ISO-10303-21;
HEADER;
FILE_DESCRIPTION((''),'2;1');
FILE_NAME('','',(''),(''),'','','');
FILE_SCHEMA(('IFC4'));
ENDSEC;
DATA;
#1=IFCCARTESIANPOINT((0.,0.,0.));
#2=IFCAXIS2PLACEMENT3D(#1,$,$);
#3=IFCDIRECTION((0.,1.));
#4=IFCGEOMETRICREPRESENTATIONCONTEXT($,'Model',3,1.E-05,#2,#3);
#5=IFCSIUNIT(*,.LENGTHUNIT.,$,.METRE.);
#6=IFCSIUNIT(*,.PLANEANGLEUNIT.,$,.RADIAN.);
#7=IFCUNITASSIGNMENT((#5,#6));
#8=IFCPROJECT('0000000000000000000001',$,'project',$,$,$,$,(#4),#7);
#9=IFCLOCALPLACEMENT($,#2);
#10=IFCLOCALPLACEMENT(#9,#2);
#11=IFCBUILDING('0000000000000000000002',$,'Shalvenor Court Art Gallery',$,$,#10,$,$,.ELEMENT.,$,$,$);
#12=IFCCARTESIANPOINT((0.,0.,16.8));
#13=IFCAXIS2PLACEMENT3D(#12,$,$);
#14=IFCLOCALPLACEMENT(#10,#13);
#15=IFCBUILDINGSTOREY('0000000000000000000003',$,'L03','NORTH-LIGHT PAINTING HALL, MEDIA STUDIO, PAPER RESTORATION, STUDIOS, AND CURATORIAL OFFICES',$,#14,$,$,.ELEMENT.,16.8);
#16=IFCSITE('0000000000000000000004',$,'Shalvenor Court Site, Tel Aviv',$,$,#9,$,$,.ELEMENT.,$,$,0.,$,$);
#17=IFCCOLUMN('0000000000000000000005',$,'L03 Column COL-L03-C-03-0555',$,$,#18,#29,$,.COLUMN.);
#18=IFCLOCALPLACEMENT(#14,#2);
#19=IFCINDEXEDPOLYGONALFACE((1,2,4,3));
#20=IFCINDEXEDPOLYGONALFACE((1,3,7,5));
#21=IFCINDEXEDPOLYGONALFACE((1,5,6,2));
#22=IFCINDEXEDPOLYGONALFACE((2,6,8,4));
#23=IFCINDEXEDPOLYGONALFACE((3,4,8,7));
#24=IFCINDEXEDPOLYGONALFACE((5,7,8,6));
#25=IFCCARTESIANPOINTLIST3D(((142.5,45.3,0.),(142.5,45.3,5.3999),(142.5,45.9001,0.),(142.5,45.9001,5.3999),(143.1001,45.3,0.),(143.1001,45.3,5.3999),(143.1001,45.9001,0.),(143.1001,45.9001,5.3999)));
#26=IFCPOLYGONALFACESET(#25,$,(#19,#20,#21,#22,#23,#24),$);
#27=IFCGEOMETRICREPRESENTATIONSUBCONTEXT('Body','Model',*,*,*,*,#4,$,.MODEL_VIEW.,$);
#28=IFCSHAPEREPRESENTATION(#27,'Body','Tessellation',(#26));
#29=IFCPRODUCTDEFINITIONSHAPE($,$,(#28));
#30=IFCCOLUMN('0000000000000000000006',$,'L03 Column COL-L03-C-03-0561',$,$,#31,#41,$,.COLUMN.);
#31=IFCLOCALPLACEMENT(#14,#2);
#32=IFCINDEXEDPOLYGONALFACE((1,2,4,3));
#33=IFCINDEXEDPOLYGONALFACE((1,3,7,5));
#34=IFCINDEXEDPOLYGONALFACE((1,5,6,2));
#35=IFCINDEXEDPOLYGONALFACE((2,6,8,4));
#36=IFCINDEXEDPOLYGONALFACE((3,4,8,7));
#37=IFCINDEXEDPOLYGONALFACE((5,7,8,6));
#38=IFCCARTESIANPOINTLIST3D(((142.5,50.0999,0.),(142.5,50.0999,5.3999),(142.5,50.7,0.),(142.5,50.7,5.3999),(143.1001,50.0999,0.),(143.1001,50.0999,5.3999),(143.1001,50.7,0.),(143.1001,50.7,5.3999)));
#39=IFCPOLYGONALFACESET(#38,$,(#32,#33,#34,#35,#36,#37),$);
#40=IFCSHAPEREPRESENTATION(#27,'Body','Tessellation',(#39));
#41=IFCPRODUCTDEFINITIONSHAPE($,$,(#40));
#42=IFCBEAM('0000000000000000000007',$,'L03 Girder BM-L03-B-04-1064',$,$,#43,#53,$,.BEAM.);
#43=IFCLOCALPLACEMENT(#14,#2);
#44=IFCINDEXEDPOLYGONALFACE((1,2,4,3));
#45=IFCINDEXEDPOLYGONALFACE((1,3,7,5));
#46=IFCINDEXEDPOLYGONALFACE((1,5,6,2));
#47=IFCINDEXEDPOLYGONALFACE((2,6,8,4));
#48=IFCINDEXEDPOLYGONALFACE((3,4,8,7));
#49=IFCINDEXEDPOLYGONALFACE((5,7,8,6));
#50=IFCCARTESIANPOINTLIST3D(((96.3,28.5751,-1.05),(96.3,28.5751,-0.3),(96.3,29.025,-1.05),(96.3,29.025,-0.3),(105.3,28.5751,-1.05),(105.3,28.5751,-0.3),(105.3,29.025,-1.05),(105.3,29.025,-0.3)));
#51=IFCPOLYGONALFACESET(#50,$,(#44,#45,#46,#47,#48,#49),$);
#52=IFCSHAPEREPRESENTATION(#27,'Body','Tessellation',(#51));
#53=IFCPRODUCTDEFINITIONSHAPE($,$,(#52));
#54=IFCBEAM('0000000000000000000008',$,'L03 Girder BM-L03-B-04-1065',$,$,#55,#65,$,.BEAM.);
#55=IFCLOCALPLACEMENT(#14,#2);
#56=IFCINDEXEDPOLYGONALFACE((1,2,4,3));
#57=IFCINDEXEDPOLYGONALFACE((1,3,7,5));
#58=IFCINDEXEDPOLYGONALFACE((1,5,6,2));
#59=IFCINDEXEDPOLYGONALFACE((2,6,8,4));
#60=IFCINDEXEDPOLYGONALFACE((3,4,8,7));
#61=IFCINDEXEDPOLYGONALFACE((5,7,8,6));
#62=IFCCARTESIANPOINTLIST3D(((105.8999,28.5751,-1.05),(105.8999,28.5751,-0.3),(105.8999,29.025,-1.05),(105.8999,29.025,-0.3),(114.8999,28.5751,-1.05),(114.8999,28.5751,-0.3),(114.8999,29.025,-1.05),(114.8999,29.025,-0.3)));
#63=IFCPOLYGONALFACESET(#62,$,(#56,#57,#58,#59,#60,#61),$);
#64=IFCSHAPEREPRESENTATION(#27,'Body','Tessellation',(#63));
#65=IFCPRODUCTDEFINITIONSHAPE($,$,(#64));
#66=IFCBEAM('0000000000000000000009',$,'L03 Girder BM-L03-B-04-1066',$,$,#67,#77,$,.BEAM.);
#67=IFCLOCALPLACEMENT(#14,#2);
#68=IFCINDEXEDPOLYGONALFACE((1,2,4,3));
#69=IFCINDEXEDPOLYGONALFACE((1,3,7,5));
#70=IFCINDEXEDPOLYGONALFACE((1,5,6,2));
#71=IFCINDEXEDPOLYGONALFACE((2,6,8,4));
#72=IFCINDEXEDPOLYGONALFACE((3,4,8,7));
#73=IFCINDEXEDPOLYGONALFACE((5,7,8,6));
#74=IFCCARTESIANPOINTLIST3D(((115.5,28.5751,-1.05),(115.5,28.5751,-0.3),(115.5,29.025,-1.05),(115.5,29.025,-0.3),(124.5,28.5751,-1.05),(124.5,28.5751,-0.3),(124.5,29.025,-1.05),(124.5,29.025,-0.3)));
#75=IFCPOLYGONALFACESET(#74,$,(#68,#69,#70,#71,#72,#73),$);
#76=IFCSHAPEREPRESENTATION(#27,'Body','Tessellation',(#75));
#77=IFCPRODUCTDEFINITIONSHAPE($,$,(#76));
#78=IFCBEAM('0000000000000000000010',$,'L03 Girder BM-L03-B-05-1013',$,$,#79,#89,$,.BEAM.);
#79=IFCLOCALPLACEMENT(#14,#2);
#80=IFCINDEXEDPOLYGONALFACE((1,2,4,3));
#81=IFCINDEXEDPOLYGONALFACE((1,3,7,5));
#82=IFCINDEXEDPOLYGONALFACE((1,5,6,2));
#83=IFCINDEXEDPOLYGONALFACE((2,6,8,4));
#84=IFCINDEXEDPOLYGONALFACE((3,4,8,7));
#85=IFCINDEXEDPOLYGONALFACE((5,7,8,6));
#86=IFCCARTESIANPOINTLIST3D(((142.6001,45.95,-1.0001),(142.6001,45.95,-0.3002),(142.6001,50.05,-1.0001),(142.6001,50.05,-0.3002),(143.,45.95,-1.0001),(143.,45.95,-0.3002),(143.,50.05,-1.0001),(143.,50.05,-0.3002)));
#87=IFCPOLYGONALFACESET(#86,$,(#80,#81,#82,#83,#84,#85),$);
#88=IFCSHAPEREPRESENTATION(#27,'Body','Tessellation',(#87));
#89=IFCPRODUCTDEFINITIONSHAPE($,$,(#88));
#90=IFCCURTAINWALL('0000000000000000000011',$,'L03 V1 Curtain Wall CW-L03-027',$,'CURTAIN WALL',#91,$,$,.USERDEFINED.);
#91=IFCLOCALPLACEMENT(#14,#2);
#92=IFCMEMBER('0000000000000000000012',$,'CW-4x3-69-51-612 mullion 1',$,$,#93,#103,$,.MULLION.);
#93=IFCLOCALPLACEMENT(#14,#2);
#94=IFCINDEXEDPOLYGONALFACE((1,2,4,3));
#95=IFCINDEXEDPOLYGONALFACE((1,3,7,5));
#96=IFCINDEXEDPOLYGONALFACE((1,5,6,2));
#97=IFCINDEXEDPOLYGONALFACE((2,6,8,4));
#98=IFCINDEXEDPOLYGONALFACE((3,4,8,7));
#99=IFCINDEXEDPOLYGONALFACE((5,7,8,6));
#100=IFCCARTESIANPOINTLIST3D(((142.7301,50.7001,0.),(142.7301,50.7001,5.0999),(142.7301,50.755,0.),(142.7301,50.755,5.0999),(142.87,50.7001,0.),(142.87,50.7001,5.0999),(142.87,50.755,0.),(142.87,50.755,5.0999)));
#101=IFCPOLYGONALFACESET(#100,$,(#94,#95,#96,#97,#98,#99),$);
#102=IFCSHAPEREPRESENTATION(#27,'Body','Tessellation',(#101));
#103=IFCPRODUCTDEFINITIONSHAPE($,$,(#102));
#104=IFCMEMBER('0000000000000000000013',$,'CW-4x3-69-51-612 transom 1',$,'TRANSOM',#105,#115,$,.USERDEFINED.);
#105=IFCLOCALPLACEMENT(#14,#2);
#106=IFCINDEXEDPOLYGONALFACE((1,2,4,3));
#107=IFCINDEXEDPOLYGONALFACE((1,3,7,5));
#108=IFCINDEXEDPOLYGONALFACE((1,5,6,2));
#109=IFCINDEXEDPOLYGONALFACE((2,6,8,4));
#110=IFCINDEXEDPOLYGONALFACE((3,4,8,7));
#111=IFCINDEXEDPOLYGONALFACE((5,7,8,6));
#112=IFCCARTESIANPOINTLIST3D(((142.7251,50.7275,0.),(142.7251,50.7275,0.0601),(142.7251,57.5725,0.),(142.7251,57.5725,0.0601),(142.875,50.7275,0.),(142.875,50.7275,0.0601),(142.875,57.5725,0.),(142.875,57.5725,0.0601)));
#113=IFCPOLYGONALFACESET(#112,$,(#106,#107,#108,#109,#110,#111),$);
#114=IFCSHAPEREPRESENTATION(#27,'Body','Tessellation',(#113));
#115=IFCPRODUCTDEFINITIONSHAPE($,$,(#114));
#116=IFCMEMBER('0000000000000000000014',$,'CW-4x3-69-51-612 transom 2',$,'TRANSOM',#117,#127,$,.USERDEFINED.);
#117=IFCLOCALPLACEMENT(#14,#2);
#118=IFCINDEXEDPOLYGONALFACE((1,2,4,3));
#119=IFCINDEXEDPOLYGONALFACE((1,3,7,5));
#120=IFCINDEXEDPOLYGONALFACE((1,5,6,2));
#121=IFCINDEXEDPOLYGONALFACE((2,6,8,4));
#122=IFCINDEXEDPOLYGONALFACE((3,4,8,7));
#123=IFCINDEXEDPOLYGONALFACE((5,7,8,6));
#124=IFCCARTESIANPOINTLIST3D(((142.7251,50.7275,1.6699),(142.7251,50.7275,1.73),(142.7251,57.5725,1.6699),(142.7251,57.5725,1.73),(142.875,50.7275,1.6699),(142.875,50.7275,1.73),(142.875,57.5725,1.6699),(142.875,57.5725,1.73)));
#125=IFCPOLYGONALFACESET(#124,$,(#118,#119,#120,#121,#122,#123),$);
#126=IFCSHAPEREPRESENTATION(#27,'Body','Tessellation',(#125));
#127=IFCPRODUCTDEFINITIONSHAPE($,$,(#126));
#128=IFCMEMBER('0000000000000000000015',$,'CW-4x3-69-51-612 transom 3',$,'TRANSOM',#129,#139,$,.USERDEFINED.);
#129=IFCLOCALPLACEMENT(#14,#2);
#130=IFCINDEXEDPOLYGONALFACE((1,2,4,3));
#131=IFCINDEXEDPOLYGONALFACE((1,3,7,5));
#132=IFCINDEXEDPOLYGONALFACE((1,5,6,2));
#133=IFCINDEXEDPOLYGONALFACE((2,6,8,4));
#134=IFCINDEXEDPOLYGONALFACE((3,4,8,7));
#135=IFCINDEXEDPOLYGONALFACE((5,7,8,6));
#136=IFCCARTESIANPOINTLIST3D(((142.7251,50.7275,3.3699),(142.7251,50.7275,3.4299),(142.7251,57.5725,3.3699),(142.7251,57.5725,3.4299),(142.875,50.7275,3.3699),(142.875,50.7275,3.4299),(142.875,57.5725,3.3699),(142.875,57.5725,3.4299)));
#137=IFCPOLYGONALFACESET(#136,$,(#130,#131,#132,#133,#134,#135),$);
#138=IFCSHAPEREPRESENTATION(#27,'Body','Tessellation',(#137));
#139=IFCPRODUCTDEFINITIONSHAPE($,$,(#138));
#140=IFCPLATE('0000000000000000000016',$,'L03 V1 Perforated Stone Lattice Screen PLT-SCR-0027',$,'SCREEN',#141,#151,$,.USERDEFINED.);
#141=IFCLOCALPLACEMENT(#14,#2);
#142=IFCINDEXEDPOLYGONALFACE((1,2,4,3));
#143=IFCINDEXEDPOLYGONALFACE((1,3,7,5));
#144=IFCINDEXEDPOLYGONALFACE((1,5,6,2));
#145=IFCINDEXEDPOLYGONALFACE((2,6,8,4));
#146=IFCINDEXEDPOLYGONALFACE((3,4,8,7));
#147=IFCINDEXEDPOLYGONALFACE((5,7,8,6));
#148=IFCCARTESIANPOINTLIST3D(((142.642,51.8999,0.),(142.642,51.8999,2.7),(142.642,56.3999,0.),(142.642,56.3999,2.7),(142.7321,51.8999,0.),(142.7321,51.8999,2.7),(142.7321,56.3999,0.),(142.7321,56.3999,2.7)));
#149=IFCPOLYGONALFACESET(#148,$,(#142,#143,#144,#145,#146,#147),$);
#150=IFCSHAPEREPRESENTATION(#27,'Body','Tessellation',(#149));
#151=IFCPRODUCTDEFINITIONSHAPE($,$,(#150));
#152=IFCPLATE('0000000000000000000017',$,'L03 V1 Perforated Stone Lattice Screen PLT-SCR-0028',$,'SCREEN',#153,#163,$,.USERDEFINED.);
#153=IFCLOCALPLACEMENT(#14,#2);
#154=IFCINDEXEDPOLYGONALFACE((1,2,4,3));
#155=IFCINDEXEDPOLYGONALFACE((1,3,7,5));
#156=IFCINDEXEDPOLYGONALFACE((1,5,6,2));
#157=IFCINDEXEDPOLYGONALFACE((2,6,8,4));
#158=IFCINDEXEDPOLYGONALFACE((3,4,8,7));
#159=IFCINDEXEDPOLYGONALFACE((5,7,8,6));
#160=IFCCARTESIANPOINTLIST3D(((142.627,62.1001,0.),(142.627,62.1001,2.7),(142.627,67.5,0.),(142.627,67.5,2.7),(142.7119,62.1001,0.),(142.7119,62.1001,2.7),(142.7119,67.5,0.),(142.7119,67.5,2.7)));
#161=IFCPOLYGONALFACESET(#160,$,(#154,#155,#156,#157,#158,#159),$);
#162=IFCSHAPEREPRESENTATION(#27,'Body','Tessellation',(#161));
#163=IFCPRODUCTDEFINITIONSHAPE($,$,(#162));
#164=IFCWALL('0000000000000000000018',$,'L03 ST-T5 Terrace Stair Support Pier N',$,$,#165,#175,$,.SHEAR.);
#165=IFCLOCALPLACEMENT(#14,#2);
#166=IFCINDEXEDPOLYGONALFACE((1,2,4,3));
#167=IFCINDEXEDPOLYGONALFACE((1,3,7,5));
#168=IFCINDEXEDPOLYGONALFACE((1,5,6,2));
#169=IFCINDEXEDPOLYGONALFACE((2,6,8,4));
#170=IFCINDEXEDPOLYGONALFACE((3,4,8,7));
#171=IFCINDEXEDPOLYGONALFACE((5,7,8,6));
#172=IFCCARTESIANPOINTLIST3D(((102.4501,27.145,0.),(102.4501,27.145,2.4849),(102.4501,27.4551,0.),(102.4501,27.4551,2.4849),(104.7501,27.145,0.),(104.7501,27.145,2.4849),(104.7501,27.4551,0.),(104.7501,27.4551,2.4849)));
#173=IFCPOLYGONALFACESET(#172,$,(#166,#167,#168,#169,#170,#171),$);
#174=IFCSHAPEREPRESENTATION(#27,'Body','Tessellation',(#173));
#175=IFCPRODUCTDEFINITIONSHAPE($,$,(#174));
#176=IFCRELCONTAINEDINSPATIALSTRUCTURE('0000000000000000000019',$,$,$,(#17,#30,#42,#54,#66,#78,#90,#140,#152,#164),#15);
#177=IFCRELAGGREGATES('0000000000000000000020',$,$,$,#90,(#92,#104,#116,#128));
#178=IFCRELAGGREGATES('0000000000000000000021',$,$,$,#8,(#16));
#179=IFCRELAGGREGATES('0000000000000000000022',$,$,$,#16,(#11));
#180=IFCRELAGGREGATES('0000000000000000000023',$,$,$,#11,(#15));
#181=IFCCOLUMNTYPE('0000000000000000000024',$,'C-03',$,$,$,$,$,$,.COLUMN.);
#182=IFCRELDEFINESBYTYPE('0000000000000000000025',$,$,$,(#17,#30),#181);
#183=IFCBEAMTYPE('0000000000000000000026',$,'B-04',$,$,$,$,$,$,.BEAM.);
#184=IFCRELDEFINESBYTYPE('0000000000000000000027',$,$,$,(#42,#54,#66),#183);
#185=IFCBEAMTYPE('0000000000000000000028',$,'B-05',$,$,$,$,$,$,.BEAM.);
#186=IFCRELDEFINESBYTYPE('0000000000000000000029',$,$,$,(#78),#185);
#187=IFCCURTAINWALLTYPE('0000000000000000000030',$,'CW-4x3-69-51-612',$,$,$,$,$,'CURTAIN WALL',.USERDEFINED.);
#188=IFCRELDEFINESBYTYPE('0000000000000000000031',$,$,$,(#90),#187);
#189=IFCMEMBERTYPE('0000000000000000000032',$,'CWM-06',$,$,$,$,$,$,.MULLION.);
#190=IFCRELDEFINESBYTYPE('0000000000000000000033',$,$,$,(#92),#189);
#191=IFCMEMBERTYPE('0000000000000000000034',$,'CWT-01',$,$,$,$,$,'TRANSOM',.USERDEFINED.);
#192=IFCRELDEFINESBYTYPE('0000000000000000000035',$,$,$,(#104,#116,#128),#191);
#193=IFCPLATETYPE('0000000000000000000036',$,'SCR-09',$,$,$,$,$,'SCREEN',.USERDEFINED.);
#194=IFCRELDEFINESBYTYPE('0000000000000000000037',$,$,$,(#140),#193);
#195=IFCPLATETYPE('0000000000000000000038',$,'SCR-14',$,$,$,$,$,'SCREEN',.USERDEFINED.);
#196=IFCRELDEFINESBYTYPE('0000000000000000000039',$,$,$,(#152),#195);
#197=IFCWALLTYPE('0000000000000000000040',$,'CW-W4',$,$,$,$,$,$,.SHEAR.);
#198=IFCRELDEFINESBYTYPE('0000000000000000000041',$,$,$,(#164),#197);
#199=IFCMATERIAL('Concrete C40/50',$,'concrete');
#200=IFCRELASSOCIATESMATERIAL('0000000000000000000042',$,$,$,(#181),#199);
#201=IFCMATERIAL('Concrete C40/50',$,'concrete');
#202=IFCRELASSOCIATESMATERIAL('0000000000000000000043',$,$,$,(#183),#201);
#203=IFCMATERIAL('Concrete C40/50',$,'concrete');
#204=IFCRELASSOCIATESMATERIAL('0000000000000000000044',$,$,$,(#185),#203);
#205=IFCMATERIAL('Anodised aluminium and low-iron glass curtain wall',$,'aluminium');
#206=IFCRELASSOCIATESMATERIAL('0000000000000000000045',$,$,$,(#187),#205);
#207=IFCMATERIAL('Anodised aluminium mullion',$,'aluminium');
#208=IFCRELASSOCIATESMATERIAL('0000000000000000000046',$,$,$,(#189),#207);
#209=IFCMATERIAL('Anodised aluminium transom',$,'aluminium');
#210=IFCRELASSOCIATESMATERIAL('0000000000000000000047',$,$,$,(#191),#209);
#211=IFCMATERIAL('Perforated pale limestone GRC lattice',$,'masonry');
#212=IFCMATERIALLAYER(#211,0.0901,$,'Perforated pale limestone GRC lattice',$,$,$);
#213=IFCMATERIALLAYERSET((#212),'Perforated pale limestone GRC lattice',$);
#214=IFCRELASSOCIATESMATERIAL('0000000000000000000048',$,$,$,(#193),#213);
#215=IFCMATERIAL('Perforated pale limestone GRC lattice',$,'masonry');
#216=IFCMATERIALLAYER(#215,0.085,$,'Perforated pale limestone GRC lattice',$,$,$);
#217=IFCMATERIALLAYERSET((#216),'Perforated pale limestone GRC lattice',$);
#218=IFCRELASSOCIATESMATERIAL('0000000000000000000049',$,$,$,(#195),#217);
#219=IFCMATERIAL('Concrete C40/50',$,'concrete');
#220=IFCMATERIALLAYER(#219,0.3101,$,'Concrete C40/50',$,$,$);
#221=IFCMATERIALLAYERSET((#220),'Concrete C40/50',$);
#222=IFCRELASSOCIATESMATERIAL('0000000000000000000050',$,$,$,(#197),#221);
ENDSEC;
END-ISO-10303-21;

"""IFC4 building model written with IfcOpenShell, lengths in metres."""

from ifc_helpers import new_model, si_unit, direction, frame, frame_2d, origin, origin_2d, place, context, subcontext, project, spatial, rectangle, extrude, material, layer, layer_set, material_profile, profile_set, type_object, element, aggregate, save


model = new_model("IFC4")

# Units and contexts
model_context = context("Model", 3, precision=1e-05, world=origin(), true_north=direction((0.0, 1.0)))
body_context = subcontext(model_context, "Body", "Model", "MODEL_VIEW")
ifc_project = project(units=[si_unit("LENGTHUNIT", "METRE"), si_unit("PLANEANGLEUNIT", "RADIAN")], contexts=[model_context])

# Site, building, storey
site_placement = place(None, origin())
site = spatial("IfcSite", under=ifc_project, at=site_placement, Name="Shalvenor Court Site, Tel Aviv", CompositionType="ELEMENT", RefElevation=0.0)
building_placement = place(site_placement, origin())
building = spatial("IfcBuilding", under=site, at=building_placement, Name="Shalvenor Court Art Gallery", CompositionType="ELEMENT")
storey_placement = place(building_placement, frame((0.0, 0.0, 16.8)))
storey = spatial("IfcBuildingStorey", under=building, at=storey_placement, Name="L03", Description="NORTH-LIGHT PAINTING HALL, MEDIA STUDIO, PAPER RESTORATION, STUDIOS, AND CURATORIAL OFFICES", CompositionType="ELEMENT", Elevation=16.8)

# Columns
ifc_material_1 = material(Name="Concrete C40/50", Category="concrete")
ifc_material_profile_1 = material_profile(ifc_material_1, rectangle(XDim=0.6001, YDim=0.6001, at=origin_2d()), Name="RC 600x600")
ifc_profile_set_1 = profile_set([ifc_material_profile_1], Name="Concrete C40/50")
column_type = type_object("IfcColumnType", Name="C-03", PredefinedType="COLUMN", material=ifc_profile_set_1)
for number, where, z_axis, x_axis, name in (
    (1, (142.8, 45.6001, 0.0), (0.0, 0.0, 1.0), (1.0, 0.0, 0.0), "L03 Column COL-L03-C-03-0555"),
    (2, (142.8, 50.3999, 0.0), (0.0, 0.0, 1.0), (1.0, 0.0, 0.0), "L03 Column COL-L03-C-03-0561"),
):
    element("IfcColumn", number, at=place(storey_placement, frame(where, z_axis=z_axis, x_axis=x_axis)), inside=storey, type_object=column_type, Name=name, PredefinedType="COLUMN", context=body_context, shape_type="SweptSolid", body=[
        extrude(rectangle(XDim=0.6001, YDim=0.6001, at=origin_2d()), origin(), (0.0, 0.0, 1.0), 5.3999),
    ])

# Beams
ifc_material_2 = material(Name="Concrete C40/50", Category="concrete")
ifc_material_profile_2 = material_profile(ifc_material_2, rectangle(XDim=0.45, YDim=0.75, at=origin_2d()), Name="RC 450x750")
ifc_profile_set_2 = profile_set([ifc_material_profile_2], Name="Concrete C40/50")
beam_type_1 = type_object("IfcBeamType", Name="B-04", PredefinedType="BEAM", material=ifc_profile_set_2)
for number, where, z_axis, x_axis, name in (
    (3, (96.3, 28.8, -0.675), (1.0, 0.0, 0.0), (0.0, 1.0, 0.0), "L03 Girder BM-L03-B-04-1064"),
    (4, (105.8999, 28.8, -0.675), (1.0, 0.0, 0.0), (0.0, 1.0, 0.0), "L03 Girder BM-L03-B-04-1065"),
    (5, (115.5, 28.8, -0.675), (1.0, 0.0, 0.0), (0.0, 1.0, 0.0), "L03 Girder BM-L03-B-04-1066"),
):
    element("IfcBeam", number, at=place(storey_placement, frame(where, z_axis=z_axis, x_axis=x_axis)), inside=storey, type_object=beam_type_1, Name=name, PredefinedType="BEAM", context=body_context, shape_type="SweptSolid", body=[
        extrude(rectangle(XDim=0.45, YDim=0.75, at=origin_2d()), origin(), (0.0, 0.0, 1.0), 9.0),
    ])
ifc_material_3 = material(Name="Concrete C40/50", Category="concrete")
ifc_material_profile_3 = material_profile(ifc_material_3, rectangle(XDim=0.3999, YDim=0.7, at=origin_2d()), Name="RC 400x700")
ifc_profile_set_3 = profile_set([ifc_material_profile_3], Name="Concrete C40/50")
beam_type_2 = type_object("IfcBeamType", Name="B-05", PredefinedType="BEAM", material=ifc_profile_set_3)
beam_placement = place(storey_placement, frame((142.8, 45.95, -0.6501), z_axis=(0.0, 1.0, 0.0), x_axis=(-1.0, 0.0, 0.0)))
element("IfcBeam", 6, at=beam_placement, inside=storey, type_object=beam_type_2, Name="L03 Girder BM-L03-B-05-1013", PredefinedType="BEAM", context=body_context, shape_type="SweptSolid", body=[
    extrude(rectangle(XDim=0.3999, YDim=0.7, at=origin_2d()), origin(), (0.0, 0.0, 1.0), 4.1001),
])

# Curtain wall, members
ifc_material_4 = material(Name="Anodised aluminium and low-iron glass curtain wall", Category="aluminium")
curtain_wall_type = type_object("IfcCurtainWallType", Name="CW-4x3-69-51-612", ElementType="CURTAIN WALL", PredefinedType="USERDEFINED", material=ifc_material_4)
curtain_wall_placement = place(storey_placement, origin())
curtain_wall = element("IfcCurtainWall", 7, at=curtain_wall_placement, inside=storey, type_object=curtain_wall_type, Name="L03 V1 Curtain Wall CW-L03-027", ObjectType="CURTAIN WALL", PredefinedType="USERDEFINED")
ifc_material_5 = material(Name="Anodised aluminium mullion", Category="aluminium")
ifc_material_profile_4 = material_profile(ifc_material_5, rectangle(XDim=0.0549, YDim=0.1399, at=origin_2d()), Name="CWM-06")
ifc_profile_set_4 = profile_set([ifc_material_profile_4], Name="Anodised aluminium mullion")
member_type_1 = type_object("IfcMemberType", Name="CWM-06", PredefinedType="MULLION", material=ifc_profile_set_4)
member_1_placement = place(storey_placement, frame((142.8, 50.7275, 0.0), z_axis=(0.0, 0.0, 1.0), x_axis=(0.0, 1.0, 0.0)))
member_1 = element("IfcMember", 8, at=member_1_placement, type_object=member_type_1, Name="CW-4x3-69-51-612 mullion 1", PredefinedType="MULLION", context=body_context, shape_type="SweptSolid", body=[
    extrude(rectangle(XDim=0.0549, YDim=0.1399, at=origin_2d()), origin(), (0.0, 0.0, 1.0), 5.0999),
])
ifc_material_6 = material(Name="Anodised aluminium transom", Category="aluminium")
ifc_material_profile_5 = material_profile(ifc_material_6, rectangle(XDim=0.1499, YDim=0.0601, at=origin_2d()), Name="CWT-01")
ifc_profile_set_5 = profile_set([ifc_material_profile_5], Name="Anodised aluminium transom")
member_type_2 = type_object("IfcMemberType", Name="CWT-01", ElementType="TRANSOM", PredefinedType="USERDEFINED", material=ifc_profile_set_5)
member_2_placement = place(storey_placement, frame((142.8, 50.7275, 0.03), z_axis=(0.0, 1.0, 0.0), x_axis=(-1.0, 0.0, 0.0)))
member_2 = element("IfcMember", 9, at=member_2_placement, type_object=member_type_2, Name="CW-4x3-69-51-612 transom 1", ObjectType="TRANSOM", PredefinedType="USERDEFINED", context=body_context, shape_type="SweptSolid", body=[
    extrude(rectangle(XDim=0.1499, YDim=0.0601, at=origin_2d()), origin(), (0.0, 0.0, 1.0), 6.845),
])
member_3_placement = place(storey_placement, frame((142.8, 50.7275, 1.7), z_axis=(0.0, 1.0, 0.0), x_axis=(-1.0, 0.0, 0.0)))
member_3 = element("IfcMember", 10, at=member_3_placement, type_object=member_type_2, Name="CW-4x3-69-51-612 transom 2", ObjectType="TRANSOM", PredefinedType="USERDEFINED", context=body_context, shape_type="SweptSolid", body=[
    extrude(rectangle(XDim=0.1499, YDim=0.0601, at=origin_2d()), origin(), (0.0, 0.0, 1.0), 6.845),
])
member_4_placement = place(storey_placement, frame((142.8, 50.7275, 3.3999), z_axis=(0.0, 1.0, 0.0), x_axis=(-1.0, 0.0, 0.0)))
member_4 = element("IfcMember", 11, at=member_4_placement, type_object=member_type_2, Name="CW-4x3-69-51-612 transom 3", ObjectType="TRANSOM", PredefinedType="USERDEFINED", context=body_context, shape_type="SweptSolid", body=[
    extrude(rectangle(XDim=0.1499, YDim=0.0601, at=origin_2d()), origin(), (0.0, 0.0, 1.0), 6.845),
])
aggregate(curtain_wall, [member_1, member_2, member_3, member_4])

# Plates
ifc_material_7 = material(Name="Perforated pale limestone GRC lattice", Category="masonry")
ifc_layer_1 = layer(ifc_material_7, 0.0901, Name="Perforated pale limestone GRC lattice")
ifc_layer_set_1 = layer_set([ifc_layer_1], Name="Perforated pale limestone GRC lattice")
plate_type_1 = type_object("IfcPlateType", Name="SCR-09", ElementType="SCREEN", PredefinedType="USERDEFINED", material=ifc_layer_set_1)
plate_1_placement = place(storey_placement, frame((142.687, 54.1499, 0.0), z_axis=(0.0, 0.0, 1.0), x_axis=(0.0, 1.0, 0.0)))
element("IfcPlate", 12, at=plate_1_placement, inside=storey, type_object=plate_type_1, Name="L03 V1 Perforated Stone Lattice Screen PLT-SCR-0027", ObjectType="SCREEN", PredefinedType="USERDEFINED", context=body_context, shape_type="SweptSolid", body=[
    extrude(rectangle(XDim=4.5, YDim=0.0901, at=origin_2d()), origin(), (0.0, 0.0, 1.0), 2.7),
])
ifc_material_8 = material(Name="Perforated pale limestone GRC lattice", Category="masonry")
ifc_layer_2 = layer(ifc_material_8, 0.085, Name="Perforated pale limestone GRC lattice")
ifc_layer_set_2 = layer_set([ifc_layer_2], Name="Perforated pale limestone GRC lattice")
plate_type_2 = type_object("IfcPlateType", Name="SCR-14", ElementType="SCREEN", PredefinedType="USERDEFINED", material=ifc_layer_set_2)
plate_2_placement = place(storey_placement, frame((142.6694, 64.8, 0.0), z_axis=(0.0, 0.0, 1.0), x_axis=(0.0, 1.0, 0.0)))
element("IfcPlate", 13, at=plate_2_placement, inside=storey, type_object=plate_type_2, Name="L03 V1 Perforated Stone Lattice Screen PLT-SCR-0028", ObjectType="SCREEN", PredefinedType="USERDEFINED", context=body_context, shape_type="SweptSolid", body=[
    extrude(rectangle(XDim=5.3999, YDim=0.085, at=origin_2d()), origin(), (0.0, 0.0, 1.0), 2.7),
])

# Wall
ifc_material_9 = material(Name="Concrete C40/50", Category="concrete")
ifc_layer_3 = layer(ifc_material_9, 0.3101, Name="Concrete C40/50")
ifc_layer_set_3 = layer_set([ifc_layer_3], Name="Concrete C40/50")
wall_type_1 = type_object("IfcWallType", Name="CW-W4", PredefinedType="SHEAR", material=ifc_layer_set_3)
wall_1_placement = place(storey_placement, frame((104.75, 27.3, 0.0), z_axis=(0.0, 0.0, 1.0), x_axis=(-1.0, 0.0, 0.0)))
element("IfcWall", 14, at=wall_1_placement, inside=storey, type_object=wall_type_1, Name="L03 ST-T5 Terrace Stair Support Pier N", PredefinedType="SHEAR", context=body_context, shape_type="SweptSolid", body=[
    extrude(rectangle(XDim=2.3, YDim=0.3101, at=frame_2d((1.1499, 0.0))), origin(), (0.0, 0.0, 1.0), 2.4849),
])

save(model, "model.ifc")
